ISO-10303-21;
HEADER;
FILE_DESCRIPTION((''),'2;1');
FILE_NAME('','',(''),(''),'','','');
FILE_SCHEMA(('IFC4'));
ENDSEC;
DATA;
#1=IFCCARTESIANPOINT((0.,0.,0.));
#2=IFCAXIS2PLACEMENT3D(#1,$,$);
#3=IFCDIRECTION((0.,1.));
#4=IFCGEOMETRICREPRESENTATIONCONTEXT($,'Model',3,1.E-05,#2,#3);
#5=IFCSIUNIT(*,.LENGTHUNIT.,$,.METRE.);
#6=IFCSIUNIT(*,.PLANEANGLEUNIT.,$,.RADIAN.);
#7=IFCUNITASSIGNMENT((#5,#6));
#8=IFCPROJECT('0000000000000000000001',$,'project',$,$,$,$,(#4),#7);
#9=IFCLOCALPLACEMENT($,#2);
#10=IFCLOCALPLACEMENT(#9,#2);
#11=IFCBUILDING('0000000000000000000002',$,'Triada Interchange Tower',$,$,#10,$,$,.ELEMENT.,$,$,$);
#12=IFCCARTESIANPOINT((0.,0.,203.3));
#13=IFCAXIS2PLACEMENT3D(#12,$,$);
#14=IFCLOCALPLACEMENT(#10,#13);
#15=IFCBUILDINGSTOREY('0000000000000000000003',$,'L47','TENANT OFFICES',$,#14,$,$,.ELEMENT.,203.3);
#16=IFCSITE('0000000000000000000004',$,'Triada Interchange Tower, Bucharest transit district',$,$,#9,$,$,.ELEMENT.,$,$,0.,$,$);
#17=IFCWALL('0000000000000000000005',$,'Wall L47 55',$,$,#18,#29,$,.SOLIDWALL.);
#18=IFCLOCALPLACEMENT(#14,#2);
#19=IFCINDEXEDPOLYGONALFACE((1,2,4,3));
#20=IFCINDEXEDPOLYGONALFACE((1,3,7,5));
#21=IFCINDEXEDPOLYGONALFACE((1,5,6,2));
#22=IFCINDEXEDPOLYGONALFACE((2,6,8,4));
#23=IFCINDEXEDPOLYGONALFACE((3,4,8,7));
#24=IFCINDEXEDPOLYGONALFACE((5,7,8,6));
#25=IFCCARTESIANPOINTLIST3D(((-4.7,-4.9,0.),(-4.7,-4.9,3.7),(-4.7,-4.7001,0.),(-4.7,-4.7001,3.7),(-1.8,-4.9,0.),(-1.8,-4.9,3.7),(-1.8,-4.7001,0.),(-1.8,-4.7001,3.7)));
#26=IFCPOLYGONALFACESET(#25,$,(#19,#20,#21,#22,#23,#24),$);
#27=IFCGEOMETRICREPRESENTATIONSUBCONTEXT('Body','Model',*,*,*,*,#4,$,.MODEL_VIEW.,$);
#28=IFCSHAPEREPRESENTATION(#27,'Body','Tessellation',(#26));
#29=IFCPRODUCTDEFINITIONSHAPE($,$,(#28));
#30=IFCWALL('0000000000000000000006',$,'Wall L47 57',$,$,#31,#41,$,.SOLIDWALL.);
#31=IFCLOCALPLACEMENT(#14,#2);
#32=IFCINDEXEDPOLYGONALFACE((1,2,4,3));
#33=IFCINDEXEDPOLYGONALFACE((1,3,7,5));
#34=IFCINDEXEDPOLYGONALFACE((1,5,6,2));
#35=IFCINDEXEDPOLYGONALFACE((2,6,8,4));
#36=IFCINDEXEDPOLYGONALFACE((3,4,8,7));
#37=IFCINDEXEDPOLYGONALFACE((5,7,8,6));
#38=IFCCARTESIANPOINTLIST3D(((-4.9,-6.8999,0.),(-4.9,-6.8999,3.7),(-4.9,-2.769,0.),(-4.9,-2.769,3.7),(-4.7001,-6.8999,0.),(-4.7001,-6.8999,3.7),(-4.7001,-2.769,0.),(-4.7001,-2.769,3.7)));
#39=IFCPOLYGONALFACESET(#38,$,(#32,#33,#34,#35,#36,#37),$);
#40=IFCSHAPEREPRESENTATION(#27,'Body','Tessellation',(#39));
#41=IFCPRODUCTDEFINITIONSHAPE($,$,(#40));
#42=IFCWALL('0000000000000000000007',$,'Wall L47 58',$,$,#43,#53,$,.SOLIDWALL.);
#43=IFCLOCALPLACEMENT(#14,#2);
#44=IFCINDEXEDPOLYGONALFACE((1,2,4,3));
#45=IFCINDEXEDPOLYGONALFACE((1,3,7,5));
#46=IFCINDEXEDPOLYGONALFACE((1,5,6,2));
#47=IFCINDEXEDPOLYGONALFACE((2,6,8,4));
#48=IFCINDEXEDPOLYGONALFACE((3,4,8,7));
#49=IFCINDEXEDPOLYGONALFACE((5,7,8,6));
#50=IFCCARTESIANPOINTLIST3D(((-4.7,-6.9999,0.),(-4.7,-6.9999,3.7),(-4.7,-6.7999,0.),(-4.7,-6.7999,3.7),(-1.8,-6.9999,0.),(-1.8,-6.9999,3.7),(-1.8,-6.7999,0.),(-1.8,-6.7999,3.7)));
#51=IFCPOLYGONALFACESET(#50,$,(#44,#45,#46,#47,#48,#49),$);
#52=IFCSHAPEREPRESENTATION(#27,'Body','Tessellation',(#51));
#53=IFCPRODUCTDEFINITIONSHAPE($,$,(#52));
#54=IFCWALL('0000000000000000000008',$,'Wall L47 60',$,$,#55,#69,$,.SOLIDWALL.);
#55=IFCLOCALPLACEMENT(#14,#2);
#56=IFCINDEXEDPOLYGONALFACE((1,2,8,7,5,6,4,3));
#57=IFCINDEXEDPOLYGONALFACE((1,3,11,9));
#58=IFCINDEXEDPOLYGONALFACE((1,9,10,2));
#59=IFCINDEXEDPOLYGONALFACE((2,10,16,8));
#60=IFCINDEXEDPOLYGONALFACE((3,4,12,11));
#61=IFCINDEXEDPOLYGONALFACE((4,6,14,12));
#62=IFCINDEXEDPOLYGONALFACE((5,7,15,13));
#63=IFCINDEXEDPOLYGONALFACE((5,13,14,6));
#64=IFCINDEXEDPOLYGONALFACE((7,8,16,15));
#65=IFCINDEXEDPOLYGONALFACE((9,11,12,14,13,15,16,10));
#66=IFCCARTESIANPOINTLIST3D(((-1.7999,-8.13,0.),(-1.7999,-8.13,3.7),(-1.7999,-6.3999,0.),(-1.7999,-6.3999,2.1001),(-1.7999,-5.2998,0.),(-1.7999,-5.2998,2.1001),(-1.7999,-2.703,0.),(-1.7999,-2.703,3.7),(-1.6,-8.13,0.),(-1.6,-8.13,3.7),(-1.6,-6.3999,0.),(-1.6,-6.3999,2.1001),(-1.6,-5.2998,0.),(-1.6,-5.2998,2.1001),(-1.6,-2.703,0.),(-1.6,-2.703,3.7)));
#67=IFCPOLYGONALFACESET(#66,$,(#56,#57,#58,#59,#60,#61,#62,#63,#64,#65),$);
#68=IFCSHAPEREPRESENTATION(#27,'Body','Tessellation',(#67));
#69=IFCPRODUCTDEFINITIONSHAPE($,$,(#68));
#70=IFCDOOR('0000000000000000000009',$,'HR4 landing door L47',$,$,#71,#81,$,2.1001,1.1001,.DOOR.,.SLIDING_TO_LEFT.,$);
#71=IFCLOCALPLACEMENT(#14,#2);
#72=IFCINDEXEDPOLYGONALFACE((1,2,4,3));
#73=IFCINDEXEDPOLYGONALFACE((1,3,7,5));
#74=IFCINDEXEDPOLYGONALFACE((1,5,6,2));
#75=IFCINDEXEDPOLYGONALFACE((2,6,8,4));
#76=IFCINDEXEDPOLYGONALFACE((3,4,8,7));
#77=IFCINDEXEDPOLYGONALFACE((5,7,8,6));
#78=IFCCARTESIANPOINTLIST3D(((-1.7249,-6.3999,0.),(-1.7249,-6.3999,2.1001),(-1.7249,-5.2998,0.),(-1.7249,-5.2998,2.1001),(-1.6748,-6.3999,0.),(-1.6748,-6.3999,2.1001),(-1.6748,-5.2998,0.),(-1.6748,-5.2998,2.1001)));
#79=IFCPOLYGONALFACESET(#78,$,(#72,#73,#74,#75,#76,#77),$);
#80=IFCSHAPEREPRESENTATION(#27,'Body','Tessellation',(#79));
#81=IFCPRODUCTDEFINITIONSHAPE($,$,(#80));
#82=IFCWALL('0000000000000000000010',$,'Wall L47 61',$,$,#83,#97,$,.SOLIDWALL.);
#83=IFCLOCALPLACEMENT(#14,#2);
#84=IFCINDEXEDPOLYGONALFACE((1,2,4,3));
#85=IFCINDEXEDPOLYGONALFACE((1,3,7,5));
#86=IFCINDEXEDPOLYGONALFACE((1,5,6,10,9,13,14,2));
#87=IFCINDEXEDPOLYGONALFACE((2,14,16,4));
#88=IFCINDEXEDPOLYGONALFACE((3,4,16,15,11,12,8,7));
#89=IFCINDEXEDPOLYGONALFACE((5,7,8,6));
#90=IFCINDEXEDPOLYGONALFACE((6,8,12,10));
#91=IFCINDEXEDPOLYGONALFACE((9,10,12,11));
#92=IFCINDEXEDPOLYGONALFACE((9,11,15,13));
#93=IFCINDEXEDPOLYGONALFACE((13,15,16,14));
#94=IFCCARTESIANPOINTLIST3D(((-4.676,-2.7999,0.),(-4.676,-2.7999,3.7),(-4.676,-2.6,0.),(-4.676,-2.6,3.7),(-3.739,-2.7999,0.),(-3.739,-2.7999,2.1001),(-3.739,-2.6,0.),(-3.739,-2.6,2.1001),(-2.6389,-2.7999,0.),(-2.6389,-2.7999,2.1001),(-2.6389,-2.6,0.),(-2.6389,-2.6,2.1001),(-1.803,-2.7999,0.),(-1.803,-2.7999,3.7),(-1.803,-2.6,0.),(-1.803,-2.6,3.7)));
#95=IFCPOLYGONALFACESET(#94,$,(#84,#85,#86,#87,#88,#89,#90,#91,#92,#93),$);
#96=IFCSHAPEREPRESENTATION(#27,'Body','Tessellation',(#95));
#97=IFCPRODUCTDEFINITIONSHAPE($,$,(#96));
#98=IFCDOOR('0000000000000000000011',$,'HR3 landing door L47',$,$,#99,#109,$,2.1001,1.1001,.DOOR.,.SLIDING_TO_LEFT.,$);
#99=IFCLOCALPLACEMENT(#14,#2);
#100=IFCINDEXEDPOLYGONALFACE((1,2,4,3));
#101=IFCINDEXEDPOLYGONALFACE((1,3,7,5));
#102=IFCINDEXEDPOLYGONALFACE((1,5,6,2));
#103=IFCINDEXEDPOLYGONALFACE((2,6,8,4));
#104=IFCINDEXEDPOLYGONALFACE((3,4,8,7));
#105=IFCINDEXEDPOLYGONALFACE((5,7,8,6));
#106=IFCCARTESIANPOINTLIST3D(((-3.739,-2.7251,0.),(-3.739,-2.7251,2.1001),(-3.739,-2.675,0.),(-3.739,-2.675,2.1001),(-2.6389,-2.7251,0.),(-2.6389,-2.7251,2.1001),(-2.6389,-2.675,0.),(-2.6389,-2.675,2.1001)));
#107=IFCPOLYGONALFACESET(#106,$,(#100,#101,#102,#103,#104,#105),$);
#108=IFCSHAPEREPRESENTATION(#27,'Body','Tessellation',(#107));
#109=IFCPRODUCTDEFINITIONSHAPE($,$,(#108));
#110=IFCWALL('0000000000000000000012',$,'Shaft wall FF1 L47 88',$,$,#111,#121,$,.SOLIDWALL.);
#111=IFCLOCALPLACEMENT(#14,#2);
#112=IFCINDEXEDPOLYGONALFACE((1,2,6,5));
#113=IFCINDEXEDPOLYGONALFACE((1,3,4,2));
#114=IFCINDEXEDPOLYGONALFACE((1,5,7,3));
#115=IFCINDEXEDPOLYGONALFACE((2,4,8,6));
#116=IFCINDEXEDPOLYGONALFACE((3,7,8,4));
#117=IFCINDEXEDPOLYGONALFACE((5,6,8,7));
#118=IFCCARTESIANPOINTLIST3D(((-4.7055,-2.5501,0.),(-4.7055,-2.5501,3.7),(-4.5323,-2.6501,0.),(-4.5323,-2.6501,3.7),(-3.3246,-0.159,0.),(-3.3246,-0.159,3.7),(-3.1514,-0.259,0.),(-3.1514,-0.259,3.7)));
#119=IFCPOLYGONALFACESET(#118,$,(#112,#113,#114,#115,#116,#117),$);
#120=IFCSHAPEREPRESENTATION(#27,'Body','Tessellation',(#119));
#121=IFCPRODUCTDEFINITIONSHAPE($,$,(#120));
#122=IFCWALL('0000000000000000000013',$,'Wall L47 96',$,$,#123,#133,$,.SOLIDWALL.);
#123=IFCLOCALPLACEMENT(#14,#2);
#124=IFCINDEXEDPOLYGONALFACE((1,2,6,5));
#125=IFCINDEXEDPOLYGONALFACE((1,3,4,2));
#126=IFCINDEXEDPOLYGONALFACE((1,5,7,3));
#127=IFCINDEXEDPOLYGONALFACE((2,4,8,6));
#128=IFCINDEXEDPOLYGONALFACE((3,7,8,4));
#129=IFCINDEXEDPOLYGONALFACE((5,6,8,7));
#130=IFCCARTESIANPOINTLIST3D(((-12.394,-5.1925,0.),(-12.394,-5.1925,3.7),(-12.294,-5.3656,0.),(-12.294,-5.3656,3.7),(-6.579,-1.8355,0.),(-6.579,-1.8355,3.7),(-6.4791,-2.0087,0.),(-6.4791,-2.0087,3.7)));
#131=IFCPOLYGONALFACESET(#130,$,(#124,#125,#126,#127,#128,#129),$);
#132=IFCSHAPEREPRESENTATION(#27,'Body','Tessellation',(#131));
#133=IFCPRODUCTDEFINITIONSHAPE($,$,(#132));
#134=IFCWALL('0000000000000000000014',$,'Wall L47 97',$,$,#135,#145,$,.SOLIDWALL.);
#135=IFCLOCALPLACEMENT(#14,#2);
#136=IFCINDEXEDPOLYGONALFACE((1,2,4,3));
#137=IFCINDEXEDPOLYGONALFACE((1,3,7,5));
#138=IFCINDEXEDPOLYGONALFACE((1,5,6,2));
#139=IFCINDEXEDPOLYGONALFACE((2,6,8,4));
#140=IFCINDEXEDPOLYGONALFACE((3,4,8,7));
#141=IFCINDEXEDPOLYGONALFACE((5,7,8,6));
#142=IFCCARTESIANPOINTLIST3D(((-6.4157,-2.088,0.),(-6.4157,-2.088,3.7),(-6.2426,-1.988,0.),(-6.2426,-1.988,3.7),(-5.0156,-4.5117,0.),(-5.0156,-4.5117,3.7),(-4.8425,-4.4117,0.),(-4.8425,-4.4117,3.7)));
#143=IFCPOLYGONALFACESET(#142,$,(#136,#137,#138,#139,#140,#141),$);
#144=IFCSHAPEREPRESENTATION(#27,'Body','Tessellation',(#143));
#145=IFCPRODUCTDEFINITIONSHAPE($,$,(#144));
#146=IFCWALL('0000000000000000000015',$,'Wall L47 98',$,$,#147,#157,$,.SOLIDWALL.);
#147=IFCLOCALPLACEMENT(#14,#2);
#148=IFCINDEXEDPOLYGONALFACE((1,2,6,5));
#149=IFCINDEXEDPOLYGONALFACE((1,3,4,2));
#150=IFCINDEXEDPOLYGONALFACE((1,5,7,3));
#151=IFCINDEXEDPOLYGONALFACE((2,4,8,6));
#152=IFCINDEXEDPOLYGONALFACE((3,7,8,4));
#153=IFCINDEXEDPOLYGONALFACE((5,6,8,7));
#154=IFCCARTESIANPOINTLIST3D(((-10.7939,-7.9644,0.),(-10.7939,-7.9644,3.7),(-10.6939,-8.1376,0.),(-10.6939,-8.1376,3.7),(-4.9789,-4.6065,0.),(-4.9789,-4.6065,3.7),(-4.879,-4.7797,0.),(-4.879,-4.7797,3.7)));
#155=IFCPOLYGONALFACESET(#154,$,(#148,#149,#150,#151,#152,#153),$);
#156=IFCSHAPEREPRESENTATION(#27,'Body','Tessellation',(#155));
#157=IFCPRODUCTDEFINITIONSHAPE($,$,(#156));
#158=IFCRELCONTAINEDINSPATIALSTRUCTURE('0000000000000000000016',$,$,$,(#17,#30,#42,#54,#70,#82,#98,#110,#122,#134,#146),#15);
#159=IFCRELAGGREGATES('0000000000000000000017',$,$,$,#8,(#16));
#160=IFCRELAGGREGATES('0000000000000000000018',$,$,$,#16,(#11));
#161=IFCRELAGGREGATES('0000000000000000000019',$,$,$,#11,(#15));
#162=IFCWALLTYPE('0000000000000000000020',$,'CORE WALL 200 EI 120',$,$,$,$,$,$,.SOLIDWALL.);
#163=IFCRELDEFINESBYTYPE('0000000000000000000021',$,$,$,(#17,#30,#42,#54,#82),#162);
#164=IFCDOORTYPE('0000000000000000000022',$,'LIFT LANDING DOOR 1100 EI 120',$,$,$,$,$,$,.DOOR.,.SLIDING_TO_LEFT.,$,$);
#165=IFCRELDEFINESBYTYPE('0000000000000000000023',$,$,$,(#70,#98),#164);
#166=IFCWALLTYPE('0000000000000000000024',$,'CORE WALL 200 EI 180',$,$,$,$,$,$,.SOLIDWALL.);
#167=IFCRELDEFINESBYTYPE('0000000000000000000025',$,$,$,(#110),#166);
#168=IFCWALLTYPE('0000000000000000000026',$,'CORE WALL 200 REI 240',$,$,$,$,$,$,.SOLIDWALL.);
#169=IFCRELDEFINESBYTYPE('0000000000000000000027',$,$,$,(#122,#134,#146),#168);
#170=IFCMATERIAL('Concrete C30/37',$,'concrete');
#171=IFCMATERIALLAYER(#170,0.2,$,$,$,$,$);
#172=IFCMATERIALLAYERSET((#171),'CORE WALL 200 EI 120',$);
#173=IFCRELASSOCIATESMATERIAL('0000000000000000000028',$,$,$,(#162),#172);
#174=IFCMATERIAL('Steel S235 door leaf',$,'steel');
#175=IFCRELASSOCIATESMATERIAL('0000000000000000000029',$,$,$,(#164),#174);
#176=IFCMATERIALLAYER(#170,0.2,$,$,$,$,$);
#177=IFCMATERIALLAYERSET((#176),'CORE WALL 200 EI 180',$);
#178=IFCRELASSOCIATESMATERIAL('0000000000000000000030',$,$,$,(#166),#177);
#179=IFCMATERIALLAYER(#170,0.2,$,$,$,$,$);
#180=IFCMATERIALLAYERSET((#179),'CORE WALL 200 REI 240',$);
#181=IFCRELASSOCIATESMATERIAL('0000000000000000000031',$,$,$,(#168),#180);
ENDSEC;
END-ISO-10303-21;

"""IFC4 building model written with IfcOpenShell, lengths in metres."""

from ifc_helpers import new_model, si_unit, direction, frame, frame_2d, origin, place, context, subcontext, project, spatial, rectangle, extrude, material, layer, layer_set, type_object, element, fill, save


model = new_model("IFC4")

# Units and contexts
model_context = context("Model", 3, precision=1e-05, world=origin(), true_north=direction((0.0, 1.0)))
body_context = subcontext(model_context, "Body", "Model", "MODEL_VIEW")
ifc_project = project(units=[si_unit("LENGTHUNIT", "METRE"), si_unit("PLANEANGLEUNIT", "RADIAN")], contexts=[model_context])

# Site, building, storey
site_placement = place(None, origin())
site = spatial("IfcSite", under=ifc_project, at=site_placement, Name="Triada Interchange Tower, Bucharest transit district", CompositionType="ELEMENT", RefElevation=0.0)
building_placement = place(site_placement, origin())
building = spatial("IfcBuilding", under=site, at=building_placement, Name="Triada Interchange Tower", CompositionType="ELEMENT")
storey_placement = place(building_placement, frame((0.0, 0.0, 203.3)))
storey = spatial("IfcBuildingStorey", under=building, at=storey_placement, Name="L47", Description="TENANT OFFICES", CompositionType="ELEMENT", Elevation=203.3)

# Walls
ifc_material_1 = material(Name="Concrete C30/37", Category="concrete")
ifc_layer_1 = layer(ifc_material_1, 0.2)
ifc_layer_set_1 = layer_set([ifc_layer_1], Name="CORE WALL 200 EI 120")
wall_type_1 = type_object("IfcWallType", Name="CORE WALL 200 EI 120", PredefinedType="SOLIDWALL", material=ifc_layer_set_1)
wall_1_placement = place(storey_placement, frame((-4.7, -4.8, 0.0), z_axis=(0.0, 0.0, 1.0), x_axis=(1.0, 0.0, 0.0)))
element("IfcWall", 1, at=wall_1_placement, inside=storey, type_object=wall_type_1, Name="Wall L47 55", PredefinedType="SOLIDWALL", context=body_context, shape_type="SweptSolid", body=[
    extrude(rectangle(XDim=2.8999, YDim=0.2, at=frame_2d((1.45, 0.0))), origin(), (0.0, 0.0, 1.0), 3.7),
])
wall_2_placement = place(storey_placement, frame((-4.8, -6.8999, 0.0), z_axis=(0.0, 0.0, 1.0), x_axis=(0.0, 1.0, 0.0)))
element("IfcWall", 2, at=wall_2_placement, inside=storey, type_object=wall_type_1, Name="Wall L47 57", PredefinedType="SOLIDWALL", context=body_context, shape_type="SweptSolid", body=[
    extrude(rectangle(XDim=4.1309, YDim=0.2, at=frame_2d((2.0654, 0.0))), origin(), (0.0, 0.0, 1.0), 3.7),
])
wall_3_placement = place(storey_placement, frame((-4.7, -6.8999, 0.0), z_axis=(0.0, 0.0, 1.0), x_axis=(1.0, 0.0, 0.0)))
element("IfcWall", 3, at=wall_3_placement, inside=storey, type_object=wall_type_1, Name="Wall L47 58", PredefinedType="SOLIDWALL", context=body_context, shape_type="SweptSolid", body=[
    extrude(rectangle(XDim=2.8999, YDim=0.2, at=frame_2d((1.45, 0.0))), origin(), (0.0, 0.0, 1.0), 3.7),
])

# Walls, openings, doors
wall_4_placement = place(storey_placement, frame((-1.7, -8.1299, 0.0), z_axis=(0.0, 0.0, 1.0), x_axis=(0.0, 1.0, 0.0)))
wall_4 = element("IfcWall", 4, at=wall_4_placement, inside=storey, type_object=wall_type_1, Name="Wall L47 60", PredefinedType="SOLIDWALL", context=body_context, shape_type="SweptSolid", body=[
    extrude(rectangle(XDim=5.427, YDim=0.2, at=frame_2d((2.7134, 0.0))), origin(), (0.0, 0.0, 1.0), 3.7),
])
opening_1_placement = place(wall_4_placement, frame((1.73, 0.0, 0.0)))
opening_1 = element("IfcOpeningElement", 5, at=opening_1_placement, cuts=wall_4, PredefinedType="OPENING", context=body_context, shape_type="SweptSolid", body=[
    extrude(rectangle(XDim=1.1001, YDim=2.1001, at=frame_2d((0.55, 1.05))), frame((0.0, 0.1099, 0.0), z_axis=(0.0, -1.0, 0.0), x_axis=(1.0, 0.0, 0.0)), (0.0, 0.0, 1.0), 0.22),
])
ifc_material_2 = material(Name="Steel S235 door leaf", Category="steel")
door_type_1 = type_object("IfcDoorType", Name="LIFT LANDING DOOR 1100 EI 120", OperationType="SLIDING_TO_LEFT", PredefinedType="DOOR", material=ifc_material_2)
door_1_placement = place(opening_1_placement, origin())
door_1 = element("IfcDoor", 6, at=door_1_placement, inside=storey, type_object=door_type_1, Name="HR4 landing door L47", OperationType="SLIDING_TO_LEFT", OverallHeight=2.1001, OverallWidth=1.1001, PredefinedType="DOOR", context=body_context, shape_type="SweptSolid", body=[
    extrude(rectangle(XDim=1.1001, YDim=2.1001, at=frame_2d((0.55, 1.05))), frame((0.0, 0.0249, 0.0), z_axis=(0.0, -1.0, 0.0), x_axis=(1.0, 0.0, 0.0)), (0.0, 0.0, 1.0), 0.05),
])
fill(opening_1, door_1)
wall_5_placement = place(storey_placement, frame((-4.676, -2.7, 0.0), z_axis=(0.0, 0.0, 1.0), x_axis=(1.0, 0.0, 0.0)))
wall_5 = element("IfcWall", 7, at=wall_5_placement, inside=storey, type_object=wall_type_1, Name="Wall L47 61", PredefinedType="SOLIDWALL", context=body_context, shape_type="SweptSolid", body=[
    extrude(rectangle(XDim=2.873, YDim=0.2, at=frame_2d((1.4365, 0.0))), origin(), (0.0, 0.0, 1.0), 3.7),
])
opening_2_placement = place(wall_5_placement, frame((0.937, 0.0, 0.0)))
opening_2 = element("IfcOpeningElement", 8, at=opening_2_placement, cuts=wall_5, PredefinedType="OPENING", context=body_context, shape_type="SweptSolid", body=[
    extrude(rectangle(XDim=1.1001, YDim=2.1001, at=frame_2d((0.55, 1.05))), frame((0.0, 0.1099, 0.0), z_axis=(0.0, -1.0, 0.0), x_axis=(1.0, 0.0, 0.0)), (0.0, 0.0, 1.0), 0.22),
])
door_2_placement = place(opening_2_placement, origin())
door_2 = element("IfcDoor", 9, at=door_2_placement, inside=storey, type_object=door_type_1, Name="HR3 landing door L47", OperationType="SLIDING_TO_LEFT", OverallHeight=2.1001, OverallWidth=1.1001, PredefinedType="DOOR", context=body_context, shape_type="SweptSolid", body=[
    extrude(rectangle(XDim=1.1001, YDim=2.1001, at=frame_2d((0.55, 1.05))), frame((0.0, 0.0249, 0.0), z_axis=(0.0, -1.0, 0.0), x_axis=(1.0, 0.0, 0.0)), (0.0, 0.0, 1.0), 0.05),
])
fill(opening_2, door_2)

# Walls
ifc_layer_2 = layer(ifc_material_1, 0.2)
ifc_layer_set_2 = layer_set([ifc_layer_2], Name="CORE WALL 200 EI 180")
wall_type_2 = type_object("IfcWallType", Name="CORE WALL 200 EI 180", PredefinedType="SOLIDWALL", material=ifc_layer_set_2)
wall_6_placement = place(storey_placement, frame((-4.6189, -2.6001, 0.0), z_axis=(0.0, 0.0, 1.0), x_axis=(0.500095, 0.865971, 0.0)))
element("IfcWall", 10, at=wall_6_placement, inside=storey, type_object=wall_type_2, Name="Shaft wall FF1 L47 88", PredefinedType="SOLIDWALL", context=body_context, shape_type="SweptSolid", body=[
    extrude(rectangle(XDim=2.7612, YDim=0.2, at=frame_2d((1.3806, 0.0))), origin(), (0.0, 0.0, 1.0), 3.7),
])
ifc_layer_3 = layer(ifc_material_1, 0.2)
ifc_layer_set_3 = layer_set([ifc_layer_3], Name="CORE WALL 200 REI 240")
wall_type_3 = type_object("IfcWallType", Name="CORE WALL 200 REI 240", PredefinedType="SOLIDWALL", material=ifc_layer_set_3)
wall_7_placement = place(storey_placement, frame((-12.344, -5.2791, 0.0), z_axis=(0.0, 0.0, 1.0), x_axis=(0.866046, 0.499964, 0.0)))
element("IfcWall", 11, at=wall_7_placement, inside=storey, type_object=wall_type_3, Name="Wall L47 96", PredefinedType="SOLIDWALL", context=body_context, shape_type="SweptSolid", body=[
    extrude(rectangle(XDim=6.7144, YDim=0.2, at=frame_2d((3.3572, 0.0))), origin(), (0.0, 0.0, 1.0), 3.7),
])
wall_8_placement = place(storey_placement, frame((-6.3291, -2.0381, 0.0), z_axis=(0.0, 0.0, 1.0), x_axis=(0.500201, -0.86591, 0.0)))
element("IfcWall", 12, at=wall_8_placement, inside=storey, type_object=wall_type_3, Name="Wall L47 97", PredefinedType="SOLIDWALL", context=body_context, shape_type="SweptSolid", body=[
    extrude(rectangle(XDim=2.7991, YDim=0.2, at=frame_2d((1.3994, 0.0))), origin(), (0.0, 0.0, 1.0), 3.7),
])
wall_9_placement = place(storey_placement, frame((-10.7439, -8.051, 0.0), z_axis=(0.0, 0.0, 1.0), x_axis=(0.865983, 0.500073, 0.0)))
element("IfcWall", 13, at=wall_9_placement, inside=storey, type_object=wall_type_3, Name="Wall L47 98", PredefinedType="SOLIDWALL", context=body_context, shape_type="SweptSolid", body=[
    extrude(rectangle(XDim=6.7148, YDim=0.2, at=frame_2d((3.3574, 0.0))), origin(), (0.0, 0.0, 1.0), 3.7),
])

save(model, "model.ifc")
